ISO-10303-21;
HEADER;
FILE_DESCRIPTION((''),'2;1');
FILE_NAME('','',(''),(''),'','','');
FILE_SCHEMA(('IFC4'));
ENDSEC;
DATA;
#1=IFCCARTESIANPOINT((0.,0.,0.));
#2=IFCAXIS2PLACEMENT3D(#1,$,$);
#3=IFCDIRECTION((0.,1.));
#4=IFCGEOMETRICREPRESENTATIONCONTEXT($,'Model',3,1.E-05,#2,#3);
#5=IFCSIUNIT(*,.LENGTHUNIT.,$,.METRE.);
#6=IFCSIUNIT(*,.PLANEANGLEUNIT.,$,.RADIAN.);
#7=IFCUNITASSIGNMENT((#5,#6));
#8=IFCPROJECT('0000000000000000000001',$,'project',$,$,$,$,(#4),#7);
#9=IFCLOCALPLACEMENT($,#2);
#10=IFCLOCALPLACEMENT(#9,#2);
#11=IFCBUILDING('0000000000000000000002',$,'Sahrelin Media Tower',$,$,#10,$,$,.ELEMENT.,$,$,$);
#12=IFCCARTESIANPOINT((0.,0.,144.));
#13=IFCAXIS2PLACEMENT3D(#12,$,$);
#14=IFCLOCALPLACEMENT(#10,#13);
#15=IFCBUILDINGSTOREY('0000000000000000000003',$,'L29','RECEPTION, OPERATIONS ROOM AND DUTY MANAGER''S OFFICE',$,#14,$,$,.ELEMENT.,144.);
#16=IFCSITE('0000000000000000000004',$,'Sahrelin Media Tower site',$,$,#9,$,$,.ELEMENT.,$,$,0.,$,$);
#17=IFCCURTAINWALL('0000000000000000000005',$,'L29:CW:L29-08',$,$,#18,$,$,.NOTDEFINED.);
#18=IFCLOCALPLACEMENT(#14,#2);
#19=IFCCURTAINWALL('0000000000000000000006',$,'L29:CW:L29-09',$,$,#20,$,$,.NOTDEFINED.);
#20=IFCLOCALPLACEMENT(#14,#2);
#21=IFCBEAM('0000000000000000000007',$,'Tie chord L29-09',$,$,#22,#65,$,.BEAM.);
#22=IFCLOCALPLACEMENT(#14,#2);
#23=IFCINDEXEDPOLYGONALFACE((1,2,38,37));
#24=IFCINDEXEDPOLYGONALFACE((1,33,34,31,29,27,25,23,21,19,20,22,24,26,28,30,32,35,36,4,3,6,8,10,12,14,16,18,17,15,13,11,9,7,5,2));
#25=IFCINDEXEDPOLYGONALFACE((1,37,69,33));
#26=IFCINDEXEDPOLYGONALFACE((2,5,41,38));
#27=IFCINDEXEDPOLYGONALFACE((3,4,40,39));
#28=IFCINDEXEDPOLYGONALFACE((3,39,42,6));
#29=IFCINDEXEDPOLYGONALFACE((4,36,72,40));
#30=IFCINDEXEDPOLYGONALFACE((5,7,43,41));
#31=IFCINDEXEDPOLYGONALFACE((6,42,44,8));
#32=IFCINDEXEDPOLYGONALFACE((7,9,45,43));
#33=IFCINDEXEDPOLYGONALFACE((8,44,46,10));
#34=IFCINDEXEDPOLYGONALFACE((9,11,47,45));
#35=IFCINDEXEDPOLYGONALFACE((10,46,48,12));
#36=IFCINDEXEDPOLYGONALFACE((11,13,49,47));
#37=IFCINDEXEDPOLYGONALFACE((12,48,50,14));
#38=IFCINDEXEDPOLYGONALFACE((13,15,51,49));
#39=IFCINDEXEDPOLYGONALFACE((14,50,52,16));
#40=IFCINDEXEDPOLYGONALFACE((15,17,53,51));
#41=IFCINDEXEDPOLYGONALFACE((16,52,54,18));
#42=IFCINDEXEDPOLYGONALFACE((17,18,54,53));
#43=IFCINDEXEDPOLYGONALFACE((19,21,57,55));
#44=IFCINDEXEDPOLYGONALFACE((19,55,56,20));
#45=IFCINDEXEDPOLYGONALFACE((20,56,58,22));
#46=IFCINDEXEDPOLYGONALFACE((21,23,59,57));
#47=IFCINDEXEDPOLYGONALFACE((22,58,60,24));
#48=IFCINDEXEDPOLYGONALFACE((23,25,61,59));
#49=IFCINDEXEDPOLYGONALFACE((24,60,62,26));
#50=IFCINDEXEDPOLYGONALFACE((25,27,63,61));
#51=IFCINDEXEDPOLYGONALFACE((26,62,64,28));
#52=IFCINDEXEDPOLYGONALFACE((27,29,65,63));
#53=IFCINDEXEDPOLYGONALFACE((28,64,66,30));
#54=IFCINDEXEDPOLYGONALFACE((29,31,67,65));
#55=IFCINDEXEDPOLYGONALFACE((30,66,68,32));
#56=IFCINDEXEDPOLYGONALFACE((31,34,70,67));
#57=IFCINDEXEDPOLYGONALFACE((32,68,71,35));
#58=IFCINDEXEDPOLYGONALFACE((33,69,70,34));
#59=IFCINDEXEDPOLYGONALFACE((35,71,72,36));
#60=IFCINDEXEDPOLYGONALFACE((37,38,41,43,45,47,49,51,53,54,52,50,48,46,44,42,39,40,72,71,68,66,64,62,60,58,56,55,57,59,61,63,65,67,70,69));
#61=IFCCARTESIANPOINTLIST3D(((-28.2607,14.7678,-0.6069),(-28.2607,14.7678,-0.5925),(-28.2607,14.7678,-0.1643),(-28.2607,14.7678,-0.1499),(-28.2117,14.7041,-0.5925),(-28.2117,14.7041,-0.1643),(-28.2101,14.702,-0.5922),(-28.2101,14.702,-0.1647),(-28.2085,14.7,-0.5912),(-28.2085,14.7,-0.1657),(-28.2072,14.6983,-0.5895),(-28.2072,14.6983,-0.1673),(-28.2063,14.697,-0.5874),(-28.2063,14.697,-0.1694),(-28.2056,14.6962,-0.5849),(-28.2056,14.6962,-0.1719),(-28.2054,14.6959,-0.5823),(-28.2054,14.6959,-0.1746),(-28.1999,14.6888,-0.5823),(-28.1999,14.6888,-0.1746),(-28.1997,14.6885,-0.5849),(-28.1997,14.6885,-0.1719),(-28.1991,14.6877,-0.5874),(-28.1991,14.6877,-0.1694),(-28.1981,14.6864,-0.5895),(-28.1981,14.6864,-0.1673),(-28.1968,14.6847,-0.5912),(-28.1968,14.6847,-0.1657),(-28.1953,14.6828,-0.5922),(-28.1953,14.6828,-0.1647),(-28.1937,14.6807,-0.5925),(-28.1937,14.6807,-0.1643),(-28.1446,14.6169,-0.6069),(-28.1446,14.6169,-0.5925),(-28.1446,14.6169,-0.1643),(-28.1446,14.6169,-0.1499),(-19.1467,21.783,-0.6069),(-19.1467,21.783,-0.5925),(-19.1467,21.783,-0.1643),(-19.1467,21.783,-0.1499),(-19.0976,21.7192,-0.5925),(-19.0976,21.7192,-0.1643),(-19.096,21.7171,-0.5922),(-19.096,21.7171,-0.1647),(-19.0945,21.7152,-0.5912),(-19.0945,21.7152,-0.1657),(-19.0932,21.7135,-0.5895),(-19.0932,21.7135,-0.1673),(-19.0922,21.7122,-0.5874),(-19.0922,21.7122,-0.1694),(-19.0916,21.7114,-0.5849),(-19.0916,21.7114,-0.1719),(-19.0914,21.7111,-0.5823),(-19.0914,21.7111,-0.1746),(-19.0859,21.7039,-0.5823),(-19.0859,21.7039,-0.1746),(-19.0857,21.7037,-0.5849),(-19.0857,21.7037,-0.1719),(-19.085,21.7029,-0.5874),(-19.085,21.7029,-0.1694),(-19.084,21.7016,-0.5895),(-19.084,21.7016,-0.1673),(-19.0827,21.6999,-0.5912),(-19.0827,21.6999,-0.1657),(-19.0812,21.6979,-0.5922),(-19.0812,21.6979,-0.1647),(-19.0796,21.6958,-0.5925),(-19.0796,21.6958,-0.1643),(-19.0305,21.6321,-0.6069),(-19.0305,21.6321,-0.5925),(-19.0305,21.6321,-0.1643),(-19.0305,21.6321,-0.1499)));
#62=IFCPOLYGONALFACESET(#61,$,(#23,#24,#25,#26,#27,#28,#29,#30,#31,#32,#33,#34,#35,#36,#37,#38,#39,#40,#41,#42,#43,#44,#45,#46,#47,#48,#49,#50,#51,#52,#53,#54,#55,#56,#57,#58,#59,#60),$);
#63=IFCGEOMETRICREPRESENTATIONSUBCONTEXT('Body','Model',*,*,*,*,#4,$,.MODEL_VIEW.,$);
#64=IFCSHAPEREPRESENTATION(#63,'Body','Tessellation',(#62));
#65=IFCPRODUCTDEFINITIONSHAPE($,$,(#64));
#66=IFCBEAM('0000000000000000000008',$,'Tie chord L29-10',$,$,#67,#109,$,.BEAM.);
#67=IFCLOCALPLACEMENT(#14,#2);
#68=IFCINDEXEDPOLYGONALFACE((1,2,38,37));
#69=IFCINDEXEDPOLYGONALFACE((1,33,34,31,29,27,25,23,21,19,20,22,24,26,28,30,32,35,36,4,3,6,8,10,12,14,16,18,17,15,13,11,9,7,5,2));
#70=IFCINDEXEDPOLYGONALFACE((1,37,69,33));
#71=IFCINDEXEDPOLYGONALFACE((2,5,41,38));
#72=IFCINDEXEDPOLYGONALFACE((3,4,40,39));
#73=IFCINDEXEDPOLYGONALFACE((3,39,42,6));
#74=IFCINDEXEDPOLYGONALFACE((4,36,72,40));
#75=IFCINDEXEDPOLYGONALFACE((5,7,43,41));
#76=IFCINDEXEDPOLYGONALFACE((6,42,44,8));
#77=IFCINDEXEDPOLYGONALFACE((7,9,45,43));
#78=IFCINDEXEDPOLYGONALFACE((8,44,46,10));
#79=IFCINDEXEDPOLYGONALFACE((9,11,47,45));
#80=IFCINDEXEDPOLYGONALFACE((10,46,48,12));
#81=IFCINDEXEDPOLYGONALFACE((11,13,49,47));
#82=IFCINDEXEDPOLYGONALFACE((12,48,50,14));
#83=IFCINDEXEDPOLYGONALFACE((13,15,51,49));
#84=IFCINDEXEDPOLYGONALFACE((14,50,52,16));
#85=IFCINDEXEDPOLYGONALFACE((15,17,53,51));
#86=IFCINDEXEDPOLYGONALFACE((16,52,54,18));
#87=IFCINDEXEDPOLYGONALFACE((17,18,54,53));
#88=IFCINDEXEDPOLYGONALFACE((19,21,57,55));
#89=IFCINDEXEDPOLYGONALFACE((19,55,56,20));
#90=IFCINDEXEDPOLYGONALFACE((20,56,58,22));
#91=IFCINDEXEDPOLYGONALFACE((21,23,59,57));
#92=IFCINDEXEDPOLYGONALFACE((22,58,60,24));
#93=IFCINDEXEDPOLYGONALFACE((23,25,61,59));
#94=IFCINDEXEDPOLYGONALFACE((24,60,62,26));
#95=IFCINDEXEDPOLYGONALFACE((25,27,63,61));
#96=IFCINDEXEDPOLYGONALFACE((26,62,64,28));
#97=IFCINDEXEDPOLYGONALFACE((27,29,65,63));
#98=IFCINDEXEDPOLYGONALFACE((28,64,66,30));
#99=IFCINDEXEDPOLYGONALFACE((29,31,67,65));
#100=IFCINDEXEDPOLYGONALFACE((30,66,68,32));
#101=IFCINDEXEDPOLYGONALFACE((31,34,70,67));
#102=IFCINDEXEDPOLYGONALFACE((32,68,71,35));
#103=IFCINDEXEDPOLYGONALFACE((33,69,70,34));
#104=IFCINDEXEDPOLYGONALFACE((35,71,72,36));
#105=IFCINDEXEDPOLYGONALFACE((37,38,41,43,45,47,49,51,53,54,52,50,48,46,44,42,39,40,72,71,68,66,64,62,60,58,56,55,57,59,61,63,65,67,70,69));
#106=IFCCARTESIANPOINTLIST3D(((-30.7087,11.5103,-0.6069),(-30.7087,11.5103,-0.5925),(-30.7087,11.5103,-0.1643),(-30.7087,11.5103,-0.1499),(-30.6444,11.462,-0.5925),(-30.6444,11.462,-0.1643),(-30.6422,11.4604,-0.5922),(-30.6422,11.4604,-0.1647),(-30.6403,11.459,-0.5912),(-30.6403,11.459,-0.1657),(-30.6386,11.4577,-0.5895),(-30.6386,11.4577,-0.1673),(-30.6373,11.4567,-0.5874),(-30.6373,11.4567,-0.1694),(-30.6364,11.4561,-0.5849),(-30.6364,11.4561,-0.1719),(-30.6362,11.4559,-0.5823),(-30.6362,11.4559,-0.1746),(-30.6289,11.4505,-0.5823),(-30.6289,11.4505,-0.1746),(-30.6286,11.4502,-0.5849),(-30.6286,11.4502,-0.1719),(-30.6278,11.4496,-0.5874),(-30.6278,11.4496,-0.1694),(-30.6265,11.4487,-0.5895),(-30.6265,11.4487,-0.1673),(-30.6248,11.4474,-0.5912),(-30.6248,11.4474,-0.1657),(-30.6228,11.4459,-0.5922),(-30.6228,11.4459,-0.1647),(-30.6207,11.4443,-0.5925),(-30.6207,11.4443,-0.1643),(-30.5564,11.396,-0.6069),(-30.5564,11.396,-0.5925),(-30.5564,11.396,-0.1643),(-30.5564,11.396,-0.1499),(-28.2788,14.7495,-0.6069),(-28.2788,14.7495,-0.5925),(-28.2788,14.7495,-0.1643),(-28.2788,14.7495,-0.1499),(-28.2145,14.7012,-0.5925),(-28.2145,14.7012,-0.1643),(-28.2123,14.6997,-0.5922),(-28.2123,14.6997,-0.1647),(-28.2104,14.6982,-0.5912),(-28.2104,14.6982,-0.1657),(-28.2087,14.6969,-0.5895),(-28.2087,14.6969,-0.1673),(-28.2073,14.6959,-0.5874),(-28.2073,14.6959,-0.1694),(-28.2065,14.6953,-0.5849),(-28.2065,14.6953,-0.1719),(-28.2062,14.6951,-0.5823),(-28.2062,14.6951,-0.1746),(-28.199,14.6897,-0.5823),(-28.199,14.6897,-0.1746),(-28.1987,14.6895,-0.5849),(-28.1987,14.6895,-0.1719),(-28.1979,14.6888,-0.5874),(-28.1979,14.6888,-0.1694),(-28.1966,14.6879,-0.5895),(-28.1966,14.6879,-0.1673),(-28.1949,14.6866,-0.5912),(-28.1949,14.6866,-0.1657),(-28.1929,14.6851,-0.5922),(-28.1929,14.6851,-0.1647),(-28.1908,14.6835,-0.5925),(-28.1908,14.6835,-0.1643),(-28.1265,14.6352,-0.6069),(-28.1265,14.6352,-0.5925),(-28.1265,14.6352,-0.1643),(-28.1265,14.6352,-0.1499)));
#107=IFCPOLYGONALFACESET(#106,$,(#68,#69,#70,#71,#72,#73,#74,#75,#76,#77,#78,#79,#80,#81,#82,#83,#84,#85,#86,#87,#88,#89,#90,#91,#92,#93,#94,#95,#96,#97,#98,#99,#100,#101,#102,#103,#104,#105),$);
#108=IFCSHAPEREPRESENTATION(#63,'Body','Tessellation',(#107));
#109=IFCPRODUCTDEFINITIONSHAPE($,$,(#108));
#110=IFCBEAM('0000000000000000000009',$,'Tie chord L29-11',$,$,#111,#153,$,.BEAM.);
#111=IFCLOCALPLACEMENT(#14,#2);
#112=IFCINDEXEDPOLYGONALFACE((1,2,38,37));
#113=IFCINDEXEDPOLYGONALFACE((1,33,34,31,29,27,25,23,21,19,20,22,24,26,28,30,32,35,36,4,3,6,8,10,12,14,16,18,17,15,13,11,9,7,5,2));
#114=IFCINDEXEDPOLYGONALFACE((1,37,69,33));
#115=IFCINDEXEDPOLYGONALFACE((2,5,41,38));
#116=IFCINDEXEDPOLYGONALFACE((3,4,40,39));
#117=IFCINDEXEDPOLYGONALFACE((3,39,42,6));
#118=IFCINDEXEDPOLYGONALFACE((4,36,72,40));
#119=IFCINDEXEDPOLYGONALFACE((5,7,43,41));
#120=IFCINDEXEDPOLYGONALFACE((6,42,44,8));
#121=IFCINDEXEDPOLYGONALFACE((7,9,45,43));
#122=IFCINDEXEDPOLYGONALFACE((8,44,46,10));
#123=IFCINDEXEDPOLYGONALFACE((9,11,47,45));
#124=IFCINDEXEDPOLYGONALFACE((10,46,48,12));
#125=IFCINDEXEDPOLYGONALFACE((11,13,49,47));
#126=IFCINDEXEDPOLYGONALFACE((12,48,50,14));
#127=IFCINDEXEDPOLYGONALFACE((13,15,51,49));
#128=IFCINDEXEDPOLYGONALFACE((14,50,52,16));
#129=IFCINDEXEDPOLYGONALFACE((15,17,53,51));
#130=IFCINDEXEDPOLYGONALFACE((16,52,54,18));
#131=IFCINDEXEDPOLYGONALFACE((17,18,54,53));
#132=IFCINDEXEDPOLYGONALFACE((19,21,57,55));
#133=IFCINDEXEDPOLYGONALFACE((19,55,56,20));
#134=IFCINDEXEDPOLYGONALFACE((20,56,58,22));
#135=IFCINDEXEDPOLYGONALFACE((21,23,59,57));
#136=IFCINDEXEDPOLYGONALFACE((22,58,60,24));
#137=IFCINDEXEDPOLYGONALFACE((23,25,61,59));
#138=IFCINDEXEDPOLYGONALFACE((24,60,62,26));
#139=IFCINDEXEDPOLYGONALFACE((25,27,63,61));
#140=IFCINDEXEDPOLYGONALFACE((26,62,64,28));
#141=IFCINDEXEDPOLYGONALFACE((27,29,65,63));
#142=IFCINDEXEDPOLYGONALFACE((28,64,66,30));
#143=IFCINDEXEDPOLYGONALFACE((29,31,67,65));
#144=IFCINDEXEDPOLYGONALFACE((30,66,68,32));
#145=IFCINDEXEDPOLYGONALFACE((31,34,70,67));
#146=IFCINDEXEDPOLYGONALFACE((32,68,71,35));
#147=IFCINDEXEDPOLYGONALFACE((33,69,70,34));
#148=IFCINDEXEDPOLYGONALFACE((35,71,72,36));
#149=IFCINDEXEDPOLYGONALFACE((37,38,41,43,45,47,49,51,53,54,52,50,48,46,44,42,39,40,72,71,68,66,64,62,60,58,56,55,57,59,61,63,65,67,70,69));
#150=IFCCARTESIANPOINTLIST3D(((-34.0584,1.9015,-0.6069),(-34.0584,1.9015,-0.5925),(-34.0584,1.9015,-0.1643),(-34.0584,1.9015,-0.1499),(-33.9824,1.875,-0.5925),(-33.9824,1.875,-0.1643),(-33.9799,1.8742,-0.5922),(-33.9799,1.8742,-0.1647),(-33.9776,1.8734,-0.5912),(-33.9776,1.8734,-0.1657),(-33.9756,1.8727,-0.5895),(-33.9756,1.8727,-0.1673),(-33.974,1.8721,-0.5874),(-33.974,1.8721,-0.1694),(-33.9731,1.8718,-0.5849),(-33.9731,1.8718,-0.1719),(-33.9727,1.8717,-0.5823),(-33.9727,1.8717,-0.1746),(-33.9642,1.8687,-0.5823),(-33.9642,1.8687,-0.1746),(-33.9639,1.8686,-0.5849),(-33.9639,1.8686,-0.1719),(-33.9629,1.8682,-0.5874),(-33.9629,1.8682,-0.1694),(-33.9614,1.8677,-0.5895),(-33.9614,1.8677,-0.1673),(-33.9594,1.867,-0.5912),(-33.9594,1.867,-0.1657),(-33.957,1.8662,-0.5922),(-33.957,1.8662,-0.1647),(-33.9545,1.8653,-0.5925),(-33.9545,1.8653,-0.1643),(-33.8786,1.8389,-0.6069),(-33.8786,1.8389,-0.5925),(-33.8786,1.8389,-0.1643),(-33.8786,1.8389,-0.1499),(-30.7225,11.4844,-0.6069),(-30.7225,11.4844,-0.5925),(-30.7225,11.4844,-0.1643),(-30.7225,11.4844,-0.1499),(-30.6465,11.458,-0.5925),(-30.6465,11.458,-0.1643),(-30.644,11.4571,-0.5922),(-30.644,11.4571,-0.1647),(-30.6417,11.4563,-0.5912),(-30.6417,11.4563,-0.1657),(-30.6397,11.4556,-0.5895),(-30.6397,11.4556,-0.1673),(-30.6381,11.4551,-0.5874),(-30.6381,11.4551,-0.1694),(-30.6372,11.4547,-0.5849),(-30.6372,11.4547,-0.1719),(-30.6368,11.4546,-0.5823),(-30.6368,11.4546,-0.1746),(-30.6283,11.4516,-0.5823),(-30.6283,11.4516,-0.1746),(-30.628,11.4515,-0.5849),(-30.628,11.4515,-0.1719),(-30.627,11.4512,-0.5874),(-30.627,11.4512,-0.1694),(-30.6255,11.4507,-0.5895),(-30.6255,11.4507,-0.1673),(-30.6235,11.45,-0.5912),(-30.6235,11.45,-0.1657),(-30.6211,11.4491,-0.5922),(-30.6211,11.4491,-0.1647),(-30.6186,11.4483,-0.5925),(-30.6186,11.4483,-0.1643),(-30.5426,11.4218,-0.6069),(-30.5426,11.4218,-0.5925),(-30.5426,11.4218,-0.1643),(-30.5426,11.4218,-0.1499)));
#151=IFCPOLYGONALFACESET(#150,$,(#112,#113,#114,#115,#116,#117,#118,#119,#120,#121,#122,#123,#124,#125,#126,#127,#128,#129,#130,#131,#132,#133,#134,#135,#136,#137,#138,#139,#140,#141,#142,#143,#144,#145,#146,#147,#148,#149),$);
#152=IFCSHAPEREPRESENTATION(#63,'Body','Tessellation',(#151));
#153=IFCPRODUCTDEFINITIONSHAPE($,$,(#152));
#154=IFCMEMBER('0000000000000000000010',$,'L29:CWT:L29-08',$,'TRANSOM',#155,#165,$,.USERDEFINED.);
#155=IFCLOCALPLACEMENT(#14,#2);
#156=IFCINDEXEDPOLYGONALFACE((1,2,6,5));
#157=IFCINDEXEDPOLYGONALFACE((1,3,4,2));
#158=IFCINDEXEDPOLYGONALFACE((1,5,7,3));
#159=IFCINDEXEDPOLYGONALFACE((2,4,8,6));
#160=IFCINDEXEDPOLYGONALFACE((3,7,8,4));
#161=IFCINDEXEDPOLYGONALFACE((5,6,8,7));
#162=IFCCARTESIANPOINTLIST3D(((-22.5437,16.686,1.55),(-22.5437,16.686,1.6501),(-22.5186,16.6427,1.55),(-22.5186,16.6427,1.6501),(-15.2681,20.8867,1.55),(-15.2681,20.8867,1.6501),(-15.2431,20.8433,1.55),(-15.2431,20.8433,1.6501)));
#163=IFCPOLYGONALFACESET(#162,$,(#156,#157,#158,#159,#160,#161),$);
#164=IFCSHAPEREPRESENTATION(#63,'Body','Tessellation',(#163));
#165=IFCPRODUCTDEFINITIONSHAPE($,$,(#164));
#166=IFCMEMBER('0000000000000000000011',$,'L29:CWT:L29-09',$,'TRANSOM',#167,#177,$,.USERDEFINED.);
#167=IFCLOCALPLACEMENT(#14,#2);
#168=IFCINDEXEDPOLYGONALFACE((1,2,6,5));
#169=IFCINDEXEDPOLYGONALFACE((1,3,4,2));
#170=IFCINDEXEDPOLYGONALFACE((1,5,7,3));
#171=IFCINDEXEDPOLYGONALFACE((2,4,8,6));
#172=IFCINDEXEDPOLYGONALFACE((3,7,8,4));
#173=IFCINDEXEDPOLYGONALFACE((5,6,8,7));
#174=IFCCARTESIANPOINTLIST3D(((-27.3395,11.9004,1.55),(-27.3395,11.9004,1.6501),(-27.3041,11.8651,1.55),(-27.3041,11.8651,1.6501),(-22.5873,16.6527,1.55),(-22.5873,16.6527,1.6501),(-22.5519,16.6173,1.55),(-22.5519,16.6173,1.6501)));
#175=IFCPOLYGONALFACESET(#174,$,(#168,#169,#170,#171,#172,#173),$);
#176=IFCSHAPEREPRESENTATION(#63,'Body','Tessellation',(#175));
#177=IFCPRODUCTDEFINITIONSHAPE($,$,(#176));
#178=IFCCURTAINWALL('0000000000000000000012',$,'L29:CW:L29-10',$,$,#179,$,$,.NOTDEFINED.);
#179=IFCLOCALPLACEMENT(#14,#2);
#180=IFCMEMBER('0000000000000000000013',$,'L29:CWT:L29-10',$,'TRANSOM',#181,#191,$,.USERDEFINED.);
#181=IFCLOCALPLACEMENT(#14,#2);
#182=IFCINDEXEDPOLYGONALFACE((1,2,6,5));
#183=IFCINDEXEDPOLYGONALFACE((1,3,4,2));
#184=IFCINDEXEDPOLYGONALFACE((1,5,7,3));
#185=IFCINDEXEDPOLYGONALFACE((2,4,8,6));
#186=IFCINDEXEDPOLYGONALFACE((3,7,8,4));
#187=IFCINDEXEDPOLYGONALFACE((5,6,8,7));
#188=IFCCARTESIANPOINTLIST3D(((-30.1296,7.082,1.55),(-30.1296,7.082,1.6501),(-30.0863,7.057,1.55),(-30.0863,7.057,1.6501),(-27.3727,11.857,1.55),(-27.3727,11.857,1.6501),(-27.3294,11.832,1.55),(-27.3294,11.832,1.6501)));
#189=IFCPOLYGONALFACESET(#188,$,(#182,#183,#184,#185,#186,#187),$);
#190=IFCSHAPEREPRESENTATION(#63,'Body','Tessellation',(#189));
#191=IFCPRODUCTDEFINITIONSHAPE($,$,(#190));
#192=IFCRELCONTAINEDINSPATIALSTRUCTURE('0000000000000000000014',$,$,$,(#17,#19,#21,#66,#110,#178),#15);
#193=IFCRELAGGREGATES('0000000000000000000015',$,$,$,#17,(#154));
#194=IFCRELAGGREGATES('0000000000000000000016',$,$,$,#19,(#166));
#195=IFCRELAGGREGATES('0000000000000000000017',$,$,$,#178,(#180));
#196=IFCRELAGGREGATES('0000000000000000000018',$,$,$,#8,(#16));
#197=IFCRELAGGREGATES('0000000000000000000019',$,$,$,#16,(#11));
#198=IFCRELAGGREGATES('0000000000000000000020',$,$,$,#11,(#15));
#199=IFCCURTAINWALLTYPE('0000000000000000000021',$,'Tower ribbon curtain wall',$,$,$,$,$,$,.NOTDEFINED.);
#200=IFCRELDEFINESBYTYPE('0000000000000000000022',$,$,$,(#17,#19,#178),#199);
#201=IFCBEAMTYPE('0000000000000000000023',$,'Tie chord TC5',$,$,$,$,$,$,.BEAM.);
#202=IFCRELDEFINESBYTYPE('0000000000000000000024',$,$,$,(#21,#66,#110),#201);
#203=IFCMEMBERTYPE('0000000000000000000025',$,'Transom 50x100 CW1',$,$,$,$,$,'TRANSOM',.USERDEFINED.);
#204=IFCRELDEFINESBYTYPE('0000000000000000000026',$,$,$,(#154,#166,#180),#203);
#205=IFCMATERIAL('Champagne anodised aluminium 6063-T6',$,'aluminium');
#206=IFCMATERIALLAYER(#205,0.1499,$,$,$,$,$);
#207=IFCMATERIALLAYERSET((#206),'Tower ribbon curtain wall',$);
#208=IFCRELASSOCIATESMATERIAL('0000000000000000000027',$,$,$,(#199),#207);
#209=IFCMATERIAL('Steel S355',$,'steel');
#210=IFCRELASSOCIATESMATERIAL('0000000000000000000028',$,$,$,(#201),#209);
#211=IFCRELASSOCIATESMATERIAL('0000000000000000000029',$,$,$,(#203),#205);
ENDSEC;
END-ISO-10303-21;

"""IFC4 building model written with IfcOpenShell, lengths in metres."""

from ifc_helpers import new_model, si_unit, direction, frame, origin, origin_2d, place, context, subcontext, project, spatial, rectangle, i_section, extrude, material, layer, layer_set, material_profile, profile_set, type_object, element, aggregate, save


model = new_model("IFC4")

# Units and contexts
model_context = context("Model", 3, precision=1e-05, world=origin(), true_north=direction((0.0, 1.0)))
body_context = subcontext(model_context, "Body", "Model", "MODEL_VIEW")
ifc_project = project(units=[si_unit("LENGTHUNIT", "METRE"), si_unit("PLANEANGLEUNIT", "RADIAN")], contexts=[model_context])

# Site, building, storey
site_placement = place(None, origin())
site = spatial("IfcSite", under=ifc_project, at=site_placement, Name="Sahrelin Media Tower site", CompositionType="ELEMENT", RefElevation=0.0)
building_placement = place(site_placement, origin())
building = spatial("IfcBuilding", under=site, at=building_placement, Name="Sahrelin Media Tower", CompositionType="ELEMENT")
storey_placement = place(building_placement, frame((0.0, 0.0, 144.0)))
storey = spatial("IfcBuildingStorey", under=building, at=storey_placement, Name="L29", Description="RECEPTION, OPERATIONS ROOM AND DUTY MANAGER'S OFFICE", CompositionType="ELEMENT", Elevation=144.0)

# Shared definitions
ifc_material_1 = material(Name="Steel S355", Category="steel")

# Curtain walls
ifc_material_2 = material(Name="Champagne anodised aluminium 6063-T6", Category="aluminium")
ifc_layer_1 = layer(ifc_material_2, 0.1499)
ifc_layer_set_1 = layer_set([ifc_layer_1], Name="Tower ribbon curtain wall")
curtain_wall_type = type_object("IfcCurtainWallType", Name="Tower ribbon curtain wall", PredefinedType="NOTDEFINED", material=ifc_layer_set_1)
curtain_wall_1_placement = place(storey_placement, frame((-18.991, 18.9336, 0.0), z_axis=(0.0, 0.0, 1.0), x_axis=(1.0, 0.0, 0.0)))
curtain_wall_1 = element("IfcCurtainWall", 1, at=curtain_wall_1_placement, inside=storey, type_object=curtain_wall_type, Name="L29:CW:L29-08", PredefinedType="NOTDEFINED")
curtain_wall_2_placement = place(storey_placement, frame((-25.0835, 14.3967, 0.0), z_axis=(0.0, 0.0, 1.0), x_axis=(1.0, 0.0, 0.0)))
curtain_wall_2 = element("IfcCurtainWall", 2, at=curtain_wall_2_placement, inside=storey, type_object=curtain_wall_type, Name="L29:CW:L29-09", PredefinedType="NOTDEFINED")

# Beams
ifc_material_profile_1 = material_profile(ifc_material_1, i_section(OverallWidth=0.1904, OverallDepth=0.457, WebThickness=0.009, FlangeThickness=0.0144, FilletRadius=0.0103, at=origin_2d()), Name="UB 457x191x74")
ifc_profile_set_1 = profile_set([ifc_material_profile_1], Name="Steel S355")
beam_type_1 = type_object("IfcBeamType", Name="Tie chord TC5", PredefinedType="BEAM", material=ifc_profile_set_1)
beam_1_placement = place(storey_placement, frame((-19.0886, 21.7075, -0.3784), z_axis=(-0.792441, -0.609949, 0.0), x_axis=(0.609949, -0.792441, 0.0)))
element("IfcBeam", 3, at=beam_1_placement, inside=storey, type_object=beam_type_1, Name="Tie chord L29-09", PredefinedType="BEAM", context=body_context, shape_type="SweptSolid", body=[
    extrude(i_section(OverallWidth=0.1904, OverallDepth=0.457, WebThickness=0.009, FlangeThickness=0.0144, FilletRadius=0.0103, at=origin_2d()), origin(), (0.0, 0.0, 1.0), 11.5012),
])
beam_2_placement = place(storey_placement, frame((-28.2026, 14.6924, -0.3784), z_axis=(-0.600077, -0.799942, 0.0), x_axis=(0.799942, -0.600077, 0.0)))
element("IfcBeam", 4, at=beam_2_placement, inside=storey, type_object=beam_type_1, Name="Tie chord L29-10", PredefinedType="BEAM", context=body_context, shape_type="SweptSolid", body=[
    extrude(i_section(OverallWidth=0.1904, OverallDepth=0.457, WebThickness=0.009, FlangeThickness=0.0144, FilletRadius=0.0103, at=origin_2d()), origin(), (0.0, 0.0, 1.0), 4.0493),
])
beam_3_placement = place(storey_placement, frame((-30.6326, 11.4531, -0.3784), z_axis=(-0.32876, -0.944414, 0.0), x_axis=(0.944414, -0.32876, 0.0)))
element("IfcBeam", 5, at=beam_3_placement, inside=storey, type_object=beam_type_1, Name="Tie chord L29-11", PredefinedType="BEAM", context=body_context, shape_type="SweptSolid", body=[
    extrude(i_section(OverallWidth=0.1904, OverallDepth=0.457, WebThickness=0.009, FlangeThickness=0.0144, FilletRadius=0.0103, at=origin_2d()), origin(), (0.0, 0.0, 1.0), 10.147),
])

# Members
ifc_material_profile_2 = material_profile(ifc_material_2, rectangle(XDim=0.05, YDim=0.1001, at=origin_2d()), Name="Transom 50x100")
ifc_profile_set_2 = profile_set([ifc_material_profile_2], Name="Champagne anodised aluminium 6063-T6")
member_type_1 = type_object("IfcMemberType", Name="Transom 50x100 CW1", ElementType="TRANSOM", PredefinedType="USERDEFINED", material=ifc_profile_set_2)
member_1_placement = place(storey_placement, frame((-15.2556, 20.865, 1.6001), z_axis=(-0.866021, -0.500008, 0.0), x_axis=(0.500008, -0.866021, 0.0)))
member_1 = element("IfcMember", 6, at=member_1_placement, type_object=member_type_1, Name="L29:CWT:L29-08", ObjectType="TRANSOM", PredefinedType="USERDEFINED", context=body_context, shape_type="SweptSolid", body=[
    extrude(rectangle(XDim=0.05, YDim=0.1001, at=origin_2d()), origin(), (0.0, 0.0, 1.0), 8.4011),
])
member_2_placement = place(storey_placement, frame((-22.5696, 16.635, 1.6001), z_axis=(-0.707107, -0.707107, 0.0), x_axis=(0.707107, -0.707107, 0.0)))
member_2 = element("IfcMember", 7, at=member_2_placement, type_object=member_type_1, Name="L29:CWT:L29-09", ObjectType="TRANSOM", PredefinedType="USERDEFINED", context=body_context, shape_type="SweptSolid", body=[
    extrude(rectangle(XDim=0.05, YDim=0.1001, at=origin_2d()), origin(), (0.0, 0.0, 1.0), 6.7207),
])

# Curtain wall, member
curtain_wall_3_placement = place(storey_placement, frame((-28.8984, 9.5547, 0.0), z_axis=(0.0, 0.0, 1.0), x_axis=(1.0, 0.0, 0.0)))
curtain_wall_3 = element("IfcCurtainWall", 8, at=curtain_wall_3_placement, inside=storey, type_object=curtain_wall_type, Name="L29:CW:L29-10", PredefinedType="NOTDEFINED")
member_3_placement = place(storey_placement, frame((-27.3511, 11.8445, 1.6001), z_axis=(-0.500006, -0.866022, 0.0), x_axis=(0.866022, -0.500006, 0.0)))
member_3 = element("IfcMember", 9, at=member_3_placement, type_object=member_type_1, Name="L29:CWT:L29-10", ObjectType="TRANSOM", PredefinedType="USERDEFINED", context=body_context, shape_type="SweptSolid", body=[
    extrude(rectangle(XDim=0.05, YDim=0.1001, at=origin_2d()), origin(), (0.0, 0.0, 1.0), 5.5137),
])

aggregate(curtain_wall_1, [member_1])
aggregate(curtain_wall_2, [member_2])
aggregate(curtain_wall_3, [member_3])

save(model, "model.ifc")
